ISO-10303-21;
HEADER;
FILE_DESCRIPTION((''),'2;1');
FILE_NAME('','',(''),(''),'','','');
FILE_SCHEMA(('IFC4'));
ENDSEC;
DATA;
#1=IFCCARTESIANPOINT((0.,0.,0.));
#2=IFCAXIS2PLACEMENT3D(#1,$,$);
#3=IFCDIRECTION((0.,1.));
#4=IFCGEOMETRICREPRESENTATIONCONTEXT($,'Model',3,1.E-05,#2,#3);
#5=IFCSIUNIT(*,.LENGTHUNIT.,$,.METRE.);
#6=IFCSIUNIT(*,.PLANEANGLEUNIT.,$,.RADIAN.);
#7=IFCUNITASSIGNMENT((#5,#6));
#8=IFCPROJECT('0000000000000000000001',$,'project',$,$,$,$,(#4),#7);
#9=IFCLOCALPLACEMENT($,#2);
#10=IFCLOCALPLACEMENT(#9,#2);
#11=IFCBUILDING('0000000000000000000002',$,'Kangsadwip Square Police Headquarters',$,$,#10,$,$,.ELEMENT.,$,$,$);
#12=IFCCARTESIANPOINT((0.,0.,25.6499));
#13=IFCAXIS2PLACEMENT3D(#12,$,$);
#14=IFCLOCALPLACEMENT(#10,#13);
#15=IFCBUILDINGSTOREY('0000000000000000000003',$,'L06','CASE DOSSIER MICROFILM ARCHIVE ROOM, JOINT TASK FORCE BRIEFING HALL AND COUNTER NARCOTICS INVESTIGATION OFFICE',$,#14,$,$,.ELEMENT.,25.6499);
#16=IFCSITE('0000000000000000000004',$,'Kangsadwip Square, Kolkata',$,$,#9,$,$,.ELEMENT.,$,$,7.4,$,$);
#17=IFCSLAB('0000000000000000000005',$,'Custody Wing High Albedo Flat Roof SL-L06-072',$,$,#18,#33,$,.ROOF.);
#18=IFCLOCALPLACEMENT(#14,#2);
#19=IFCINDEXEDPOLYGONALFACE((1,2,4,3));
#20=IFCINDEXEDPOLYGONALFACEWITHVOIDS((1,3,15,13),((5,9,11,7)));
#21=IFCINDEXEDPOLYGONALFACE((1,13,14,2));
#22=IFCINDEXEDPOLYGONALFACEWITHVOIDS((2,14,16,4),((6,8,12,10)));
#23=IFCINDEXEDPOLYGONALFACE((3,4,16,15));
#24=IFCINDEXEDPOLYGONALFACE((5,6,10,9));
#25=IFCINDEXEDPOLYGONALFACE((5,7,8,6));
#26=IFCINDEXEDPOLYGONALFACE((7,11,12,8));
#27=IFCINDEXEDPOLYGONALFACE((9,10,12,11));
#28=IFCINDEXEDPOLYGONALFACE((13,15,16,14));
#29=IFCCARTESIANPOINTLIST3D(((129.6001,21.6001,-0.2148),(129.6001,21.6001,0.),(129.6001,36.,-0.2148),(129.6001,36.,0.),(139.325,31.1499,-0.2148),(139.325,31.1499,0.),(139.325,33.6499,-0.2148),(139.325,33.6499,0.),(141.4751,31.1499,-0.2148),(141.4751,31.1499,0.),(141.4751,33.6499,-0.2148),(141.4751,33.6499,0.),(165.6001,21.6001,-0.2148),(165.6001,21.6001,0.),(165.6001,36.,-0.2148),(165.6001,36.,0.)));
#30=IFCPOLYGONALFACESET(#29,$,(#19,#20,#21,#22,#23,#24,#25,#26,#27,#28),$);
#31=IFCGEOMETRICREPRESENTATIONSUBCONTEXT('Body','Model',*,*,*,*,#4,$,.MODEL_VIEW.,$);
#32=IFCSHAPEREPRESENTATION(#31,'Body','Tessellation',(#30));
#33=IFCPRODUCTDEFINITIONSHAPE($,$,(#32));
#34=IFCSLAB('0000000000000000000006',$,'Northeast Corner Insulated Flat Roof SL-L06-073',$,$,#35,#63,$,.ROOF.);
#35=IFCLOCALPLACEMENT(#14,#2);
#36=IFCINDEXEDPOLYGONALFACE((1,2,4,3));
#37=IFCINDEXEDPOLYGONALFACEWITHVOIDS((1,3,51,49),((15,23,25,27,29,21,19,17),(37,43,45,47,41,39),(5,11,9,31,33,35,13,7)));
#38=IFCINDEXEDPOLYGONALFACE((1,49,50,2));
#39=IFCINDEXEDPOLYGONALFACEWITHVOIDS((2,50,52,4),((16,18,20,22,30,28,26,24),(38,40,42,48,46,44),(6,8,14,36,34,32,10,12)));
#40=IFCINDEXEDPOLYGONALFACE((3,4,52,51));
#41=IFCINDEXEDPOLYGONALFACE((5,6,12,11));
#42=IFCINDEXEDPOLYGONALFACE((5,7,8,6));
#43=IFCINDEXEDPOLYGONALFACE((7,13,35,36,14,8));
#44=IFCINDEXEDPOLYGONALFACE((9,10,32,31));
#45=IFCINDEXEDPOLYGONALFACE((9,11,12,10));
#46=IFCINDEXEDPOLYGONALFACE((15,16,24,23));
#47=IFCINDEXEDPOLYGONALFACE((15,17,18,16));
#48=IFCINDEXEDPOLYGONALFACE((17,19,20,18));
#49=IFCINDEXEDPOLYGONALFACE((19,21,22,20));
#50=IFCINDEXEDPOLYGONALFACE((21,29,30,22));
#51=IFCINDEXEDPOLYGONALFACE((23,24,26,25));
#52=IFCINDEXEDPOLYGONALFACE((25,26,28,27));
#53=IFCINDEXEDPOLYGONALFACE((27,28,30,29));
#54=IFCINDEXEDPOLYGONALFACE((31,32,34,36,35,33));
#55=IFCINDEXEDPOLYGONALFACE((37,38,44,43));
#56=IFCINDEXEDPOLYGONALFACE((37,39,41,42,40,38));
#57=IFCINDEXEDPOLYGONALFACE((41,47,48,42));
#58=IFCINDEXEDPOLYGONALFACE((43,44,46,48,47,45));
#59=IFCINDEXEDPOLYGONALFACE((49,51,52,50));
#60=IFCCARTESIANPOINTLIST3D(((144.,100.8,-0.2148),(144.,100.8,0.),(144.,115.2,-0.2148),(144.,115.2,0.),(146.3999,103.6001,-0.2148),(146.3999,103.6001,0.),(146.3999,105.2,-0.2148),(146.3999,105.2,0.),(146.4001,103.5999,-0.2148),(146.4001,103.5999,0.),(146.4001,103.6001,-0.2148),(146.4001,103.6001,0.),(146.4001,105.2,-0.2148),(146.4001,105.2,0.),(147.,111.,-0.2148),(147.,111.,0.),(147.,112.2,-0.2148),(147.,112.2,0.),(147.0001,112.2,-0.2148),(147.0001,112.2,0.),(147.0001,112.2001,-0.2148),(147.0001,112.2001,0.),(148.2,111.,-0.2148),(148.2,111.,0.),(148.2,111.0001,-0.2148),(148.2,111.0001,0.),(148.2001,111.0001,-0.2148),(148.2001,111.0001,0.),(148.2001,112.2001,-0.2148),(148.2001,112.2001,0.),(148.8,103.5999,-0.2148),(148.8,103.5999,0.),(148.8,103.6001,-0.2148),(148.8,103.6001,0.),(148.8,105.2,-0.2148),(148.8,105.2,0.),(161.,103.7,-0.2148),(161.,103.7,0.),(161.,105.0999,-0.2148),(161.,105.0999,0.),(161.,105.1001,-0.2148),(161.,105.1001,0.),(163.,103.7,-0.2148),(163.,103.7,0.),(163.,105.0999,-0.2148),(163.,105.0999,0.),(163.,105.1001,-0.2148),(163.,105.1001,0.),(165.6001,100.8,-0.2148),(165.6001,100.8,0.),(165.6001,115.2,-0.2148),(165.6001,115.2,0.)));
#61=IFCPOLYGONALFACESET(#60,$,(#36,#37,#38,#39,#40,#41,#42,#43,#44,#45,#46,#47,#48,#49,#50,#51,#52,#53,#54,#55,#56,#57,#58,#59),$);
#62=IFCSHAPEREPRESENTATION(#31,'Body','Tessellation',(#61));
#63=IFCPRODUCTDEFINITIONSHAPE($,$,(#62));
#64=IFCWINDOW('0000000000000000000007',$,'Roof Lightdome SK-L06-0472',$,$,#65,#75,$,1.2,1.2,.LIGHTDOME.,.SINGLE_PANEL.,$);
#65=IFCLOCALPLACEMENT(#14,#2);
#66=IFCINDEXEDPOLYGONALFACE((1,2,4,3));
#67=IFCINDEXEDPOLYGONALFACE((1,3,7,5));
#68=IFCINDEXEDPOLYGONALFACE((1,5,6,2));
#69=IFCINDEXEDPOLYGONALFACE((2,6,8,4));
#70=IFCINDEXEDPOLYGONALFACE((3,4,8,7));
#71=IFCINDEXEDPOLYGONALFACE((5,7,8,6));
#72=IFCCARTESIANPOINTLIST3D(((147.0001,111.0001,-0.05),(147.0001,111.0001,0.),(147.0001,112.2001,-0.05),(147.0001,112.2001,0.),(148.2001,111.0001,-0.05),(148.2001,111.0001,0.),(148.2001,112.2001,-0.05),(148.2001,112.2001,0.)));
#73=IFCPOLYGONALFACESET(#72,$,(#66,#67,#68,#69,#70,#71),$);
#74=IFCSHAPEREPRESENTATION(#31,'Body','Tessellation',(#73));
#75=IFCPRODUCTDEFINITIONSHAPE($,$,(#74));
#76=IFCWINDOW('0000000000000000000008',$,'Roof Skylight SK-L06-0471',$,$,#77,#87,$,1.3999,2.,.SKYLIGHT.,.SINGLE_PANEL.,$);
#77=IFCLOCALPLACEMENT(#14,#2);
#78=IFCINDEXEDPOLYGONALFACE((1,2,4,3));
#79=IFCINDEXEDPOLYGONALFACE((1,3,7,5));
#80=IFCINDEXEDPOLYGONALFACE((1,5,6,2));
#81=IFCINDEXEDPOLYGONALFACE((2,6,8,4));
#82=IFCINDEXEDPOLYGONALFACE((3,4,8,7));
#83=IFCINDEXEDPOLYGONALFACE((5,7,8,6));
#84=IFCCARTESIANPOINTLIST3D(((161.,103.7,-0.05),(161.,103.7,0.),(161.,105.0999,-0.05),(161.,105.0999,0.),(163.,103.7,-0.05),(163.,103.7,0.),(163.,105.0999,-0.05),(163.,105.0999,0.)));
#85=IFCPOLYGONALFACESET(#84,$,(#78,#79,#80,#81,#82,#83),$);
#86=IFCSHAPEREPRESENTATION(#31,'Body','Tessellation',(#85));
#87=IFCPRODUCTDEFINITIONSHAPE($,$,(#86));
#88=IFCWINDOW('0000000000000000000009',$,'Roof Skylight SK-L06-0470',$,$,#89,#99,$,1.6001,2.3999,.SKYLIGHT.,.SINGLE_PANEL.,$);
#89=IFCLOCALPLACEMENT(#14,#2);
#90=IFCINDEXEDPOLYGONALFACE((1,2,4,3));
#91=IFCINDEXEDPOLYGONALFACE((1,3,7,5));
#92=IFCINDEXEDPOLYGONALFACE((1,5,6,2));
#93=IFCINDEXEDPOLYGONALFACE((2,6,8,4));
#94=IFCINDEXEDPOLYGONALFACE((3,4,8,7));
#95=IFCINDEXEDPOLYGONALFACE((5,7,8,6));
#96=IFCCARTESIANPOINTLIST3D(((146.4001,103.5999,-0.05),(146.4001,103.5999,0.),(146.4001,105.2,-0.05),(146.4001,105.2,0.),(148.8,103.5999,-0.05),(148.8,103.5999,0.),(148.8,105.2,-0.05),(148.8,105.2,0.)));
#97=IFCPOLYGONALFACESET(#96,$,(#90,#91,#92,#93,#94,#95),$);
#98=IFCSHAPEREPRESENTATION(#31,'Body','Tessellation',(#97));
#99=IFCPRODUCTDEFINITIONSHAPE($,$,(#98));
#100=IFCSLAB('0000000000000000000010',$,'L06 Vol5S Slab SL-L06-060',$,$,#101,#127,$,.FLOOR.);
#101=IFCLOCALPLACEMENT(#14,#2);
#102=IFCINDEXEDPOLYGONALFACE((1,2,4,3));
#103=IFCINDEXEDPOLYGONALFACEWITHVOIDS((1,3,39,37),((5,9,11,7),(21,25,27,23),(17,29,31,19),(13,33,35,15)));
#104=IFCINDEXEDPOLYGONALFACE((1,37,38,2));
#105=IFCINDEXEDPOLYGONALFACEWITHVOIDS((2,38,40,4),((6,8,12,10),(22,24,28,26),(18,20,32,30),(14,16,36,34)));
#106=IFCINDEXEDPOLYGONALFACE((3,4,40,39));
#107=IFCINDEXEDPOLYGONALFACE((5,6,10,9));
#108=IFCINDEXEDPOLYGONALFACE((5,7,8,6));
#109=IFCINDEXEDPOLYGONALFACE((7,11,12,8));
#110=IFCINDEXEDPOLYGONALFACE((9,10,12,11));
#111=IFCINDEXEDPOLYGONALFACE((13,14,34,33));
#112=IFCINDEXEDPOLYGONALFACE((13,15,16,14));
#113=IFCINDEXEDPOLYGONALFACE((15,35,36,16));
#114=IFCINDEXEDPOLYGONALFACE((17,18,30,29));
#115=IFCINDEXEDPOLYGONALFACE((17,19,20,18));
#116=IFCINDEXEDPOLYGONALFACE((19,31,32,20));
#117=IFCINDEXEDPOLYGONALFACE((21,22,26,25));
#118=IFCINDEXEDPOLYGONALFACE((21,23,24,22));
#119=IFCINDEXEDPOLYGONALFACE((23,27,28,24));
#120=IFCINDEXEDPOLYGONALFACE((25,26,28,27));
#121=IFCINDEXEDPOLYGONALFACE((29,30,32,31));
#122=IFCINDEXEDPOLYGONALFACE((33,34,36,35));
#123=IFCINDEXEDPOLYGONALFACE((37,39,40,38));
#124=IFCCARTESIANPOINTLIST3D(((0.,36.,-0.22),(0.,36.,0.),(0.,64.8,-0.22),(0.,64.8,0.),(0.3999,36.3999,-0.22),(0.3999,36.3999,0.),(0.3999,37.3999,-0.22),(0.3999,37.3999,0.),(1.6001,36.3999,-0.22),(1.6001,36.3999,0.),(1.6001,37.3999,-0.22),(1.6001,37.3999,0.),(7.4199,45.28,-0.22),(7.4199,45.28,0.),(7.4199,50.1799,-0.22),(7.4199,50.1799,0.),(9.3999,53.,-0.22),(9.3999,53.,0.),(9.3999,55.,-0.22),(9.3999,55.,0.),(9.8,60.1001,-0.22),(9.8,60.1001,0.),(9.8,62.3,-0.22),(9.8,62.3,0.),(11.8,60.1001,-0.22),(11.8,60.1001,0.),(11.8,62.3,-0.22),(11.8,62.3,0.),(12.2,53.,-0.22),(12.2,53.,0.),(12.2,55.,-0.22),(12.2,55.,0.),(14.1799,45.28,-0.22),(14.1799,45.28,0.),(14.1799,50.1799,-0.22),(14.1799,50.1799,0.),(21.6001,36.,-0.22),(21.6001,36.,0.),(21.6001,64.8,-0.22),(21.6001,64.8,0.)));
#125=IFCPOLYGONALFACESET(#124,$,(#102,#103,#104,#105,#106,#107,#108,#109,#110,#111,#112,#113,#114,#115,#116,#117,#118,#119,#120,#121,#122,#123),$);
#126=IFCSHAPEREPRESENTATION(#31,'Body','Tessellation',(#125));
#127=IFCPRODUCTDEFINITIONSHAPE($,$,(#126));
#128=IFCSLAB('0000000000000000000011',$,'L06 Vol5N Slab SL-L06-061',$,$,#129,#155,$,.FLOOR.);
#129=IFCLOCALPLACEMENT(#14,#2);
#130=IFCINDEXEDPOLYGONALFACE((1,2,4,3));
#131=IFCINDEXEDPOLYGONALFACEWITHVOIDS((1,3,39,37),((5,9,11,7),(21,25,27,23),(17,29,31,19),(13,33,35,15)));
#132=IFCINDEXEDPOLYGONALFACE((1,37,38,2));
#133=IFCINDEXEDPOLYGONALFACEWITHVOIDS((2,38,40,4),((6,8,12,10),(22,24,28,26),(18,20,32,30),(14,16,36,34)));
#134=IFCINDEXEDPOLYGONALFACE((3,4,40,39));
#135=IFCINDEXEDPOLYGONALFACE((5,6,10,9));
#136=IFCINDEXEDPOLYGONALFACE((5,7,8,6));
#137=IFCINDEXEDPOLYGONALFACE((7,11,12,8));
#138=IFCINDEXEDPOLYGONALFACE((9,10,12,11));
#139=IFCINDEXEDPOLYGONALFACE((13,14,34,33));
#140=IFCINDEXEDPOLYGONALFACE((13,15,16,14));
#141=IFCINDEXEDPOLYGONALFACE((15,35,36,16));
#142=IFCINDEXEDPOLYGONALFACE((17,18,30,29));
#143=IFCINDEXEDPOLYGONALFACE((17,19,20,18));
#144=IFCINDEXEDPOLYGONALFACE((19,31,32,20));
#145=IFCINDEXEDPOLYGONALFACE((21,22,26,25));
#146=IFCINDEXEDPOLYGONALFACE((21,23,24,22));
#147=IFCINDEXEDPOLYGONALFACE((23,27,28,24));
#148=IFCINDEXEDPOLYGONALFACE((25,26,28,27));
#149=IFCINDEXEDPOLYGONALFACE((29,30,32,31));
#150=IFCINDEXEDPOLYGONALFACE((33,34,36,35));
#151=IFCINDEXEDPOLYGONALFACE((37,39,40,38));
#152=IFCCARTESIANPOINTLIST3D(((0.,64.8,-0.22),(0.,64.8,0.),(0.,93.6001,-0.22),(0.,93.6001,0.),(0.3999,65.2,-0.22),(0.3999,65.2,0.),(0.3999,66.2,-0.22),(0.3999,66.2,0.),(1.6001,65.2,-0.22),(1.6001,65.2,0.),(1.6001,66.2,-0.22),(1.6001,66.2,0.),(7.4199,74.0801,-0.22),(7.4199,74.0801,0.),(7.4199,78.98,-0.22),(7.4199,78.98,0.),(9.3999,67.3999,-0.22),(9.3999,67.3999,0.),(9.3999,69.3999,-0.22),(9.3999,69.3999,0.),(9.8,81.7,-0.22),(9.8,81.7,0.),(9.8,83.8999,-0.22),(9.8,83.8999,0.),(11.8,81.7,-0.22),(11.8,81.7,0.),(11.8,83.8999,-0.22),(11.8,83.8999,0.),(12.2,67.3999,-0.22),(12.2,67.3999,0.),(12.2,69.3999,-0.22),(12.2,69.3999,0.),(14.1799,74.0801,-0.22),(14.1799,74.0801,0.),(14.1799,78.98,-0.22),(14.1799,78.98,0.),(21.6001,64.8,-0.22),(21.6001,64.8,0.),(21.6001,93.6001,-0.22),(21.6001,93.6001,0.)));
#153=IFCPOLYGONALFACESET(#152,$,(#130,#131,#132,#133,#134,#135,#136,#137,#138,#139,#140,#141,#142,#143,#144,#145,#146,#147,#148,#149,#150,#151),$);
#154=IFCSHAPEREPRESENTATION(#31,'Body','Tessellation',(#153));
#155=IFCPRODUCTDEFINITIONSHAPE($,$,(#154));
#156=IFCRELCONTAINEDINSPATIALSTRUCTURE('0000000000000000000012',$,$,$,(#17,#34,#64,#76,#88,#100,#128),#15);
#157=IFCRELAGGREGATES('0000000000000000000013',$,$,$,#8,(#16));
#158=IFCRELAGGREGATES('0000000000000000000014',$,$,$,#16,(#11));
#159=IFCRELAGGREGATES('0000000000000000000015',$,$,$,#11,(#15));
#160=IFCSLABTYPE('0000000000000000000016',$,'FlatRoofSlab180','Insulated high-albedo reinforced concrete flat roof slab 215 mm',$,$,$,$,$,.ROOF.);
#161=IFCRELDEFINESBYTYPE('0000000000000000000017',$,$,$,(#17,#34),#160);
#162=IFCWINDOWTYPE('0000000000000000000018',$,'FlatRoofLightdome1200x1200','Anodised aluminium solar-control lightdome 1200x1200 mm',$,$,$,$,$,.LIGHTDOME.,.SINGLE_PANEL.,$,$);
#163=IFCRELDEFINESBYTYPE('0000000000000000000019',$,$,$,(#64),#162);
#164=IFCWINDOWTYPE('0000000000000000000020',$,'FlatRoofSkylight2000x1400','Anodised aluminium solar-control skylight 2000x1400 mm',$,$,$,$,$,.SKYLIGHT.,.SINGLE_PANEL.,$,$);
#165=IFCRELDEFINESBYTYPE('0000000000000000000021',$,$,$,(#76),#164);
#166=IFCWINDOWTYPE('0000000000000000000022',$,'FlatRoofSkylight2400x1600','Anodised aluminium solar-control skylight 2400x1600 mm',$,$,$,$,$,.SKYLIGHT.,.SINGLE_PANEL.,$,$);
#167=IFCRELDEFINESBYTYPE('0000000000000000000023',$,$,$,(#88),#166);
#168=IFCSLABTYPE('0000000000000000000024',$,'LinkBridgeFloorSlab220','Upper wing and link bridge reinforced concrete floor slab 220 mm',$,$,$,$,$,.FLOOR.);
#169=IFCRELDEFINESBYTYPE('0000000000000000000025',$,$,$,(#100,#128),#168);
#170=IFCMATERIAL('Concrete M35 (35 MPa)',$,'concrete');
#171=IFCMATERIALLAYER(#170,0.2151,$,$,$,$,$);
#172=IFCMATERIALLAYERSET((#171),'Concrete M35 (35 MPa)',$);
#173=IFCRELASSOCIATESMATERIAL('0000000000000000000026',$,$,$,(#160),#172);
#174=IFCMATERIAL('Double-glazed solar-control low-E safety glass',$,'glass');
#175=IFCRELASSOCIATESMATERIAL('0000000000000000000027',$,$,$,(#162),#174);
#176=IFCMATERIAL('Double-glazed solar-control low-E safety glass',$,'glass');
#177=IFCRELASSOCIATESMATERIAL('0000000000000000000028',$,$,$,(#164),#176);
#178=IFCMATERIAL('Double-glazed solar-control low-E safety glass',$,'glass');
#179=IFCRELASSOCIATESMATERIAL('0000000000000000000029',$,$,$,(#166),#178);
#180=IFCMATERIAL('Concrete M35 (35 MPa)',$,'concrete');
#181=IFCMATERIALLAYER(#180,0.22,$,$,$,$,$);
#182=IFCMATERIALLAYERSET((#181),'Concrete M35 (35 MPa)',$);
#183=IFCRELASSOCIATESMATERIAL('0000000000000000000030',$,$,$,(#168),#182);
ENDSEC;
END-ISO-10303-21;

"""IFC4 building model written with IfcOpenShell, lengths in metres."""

from ifc_helpers import new_model, si_unit, direction, frame, origin, origin_2d, place, context, subcontext, project, spatial, polyline, rectangle, outline, extrude, material, layer, layer_set, type_object, element, fill, save


model = new_model("IFC4")

# Units and contexts
model_context = context("Model", 3, precision=1e-05, world=origin(), true_north=direction((0.0, 1.0)))
body_context = subcontext(model_context, "Body", "Model", "MODEL_VIEW")
ifc_project = project(units=[si_unit("LENGTHUNIT", "METRE"), si_unit("PLANEANGLEUNIT", "RADIAN")], contexts=[model_context])

# Site, building, storey
site_placement = place(None, origin())
site = spatial("IfcSite", under=ifc_project, at=site_placement, Name="Kangsadwip Square, Kolkata", CompositionType="ELEMENT", RefElevation=7.4)
building_placement = place(site_placement, origin())
building = spatial("IfcBuilding", under=site, at=building_placement, Name="Kangsadwip Square Police Headquarters", CompositionType="ELEMENT")
storey_placement = place(building_placement, frame((0.0, 0.0, 25.6499)))
storey = spatial("IfcBuildingStorey", under=building, at=storey_placement, Name="L06", Description="CASE DOSSIER MICROFILM ARCHIVE ROOM, JOINT TASK FORCE BRIEFING HALL AND COUNTER NARCOTICS INVESTIGATION OFFICE", CompositionType="ELEMENT", Elevation=25.6499)

# Slab
ifc_material_1 = material(Name="Concrete M35 (35 MPa)", Category="concrete")
ifc_layer_1 = layer(ifc_material_1, 0.2151)
ifc_layer_set_1 = layer_set([ifc_layer_1], Name="Concrete M35 (35 MPa)")
slab_type_1 = type_object("IfcSlabType", Name="FlatRoofSlab180", Description="Insulated high-albedo reinforced concrete flat roof slab 215 mm", PredefinedType="ROOF", material=ifc_layer_set_1)
slab_1_placement = place(storey_placement, frame((0.0, 0.0, -0.2148)))
element("IfcSlab", 1, at=slab_1_placement, inside=storey, type_object=slab_type_1, Name="Custody Wing High Albedo Flat Roof SL-L06-072", PredefinedType="ROOF", context=body_context, shape_type="SweptSolid", body=[
    extrude(outline(polyline([(129.6001, 21.6001), (129.6001, 36.0), (165.6001, 36.0), (165.6001, 21.6001), (129.6001, 21.6001)]), holes=[polyline([(139.325, 33.6499), (139.325, 31.1499), (141.4751, 31.1499), (141.4751, 33.6499), (139.325, 33.6499)])]), origin(), (0.0, 0.0, 1.0), 0.2148),
])

# Slab, openings, windows
slab_2_placement = place(storey_placement, frame((0.0, 0.0, -0.2148)))
slab_2 = element("IfcSlab", 2, at=slab_2_placement, inside=storey, type_object=slab_type_1, Name="Northeast Corner Insulated Flat Roof SL-L06-073", PredefinedType="ROOF", context=body_context, shape_type="SweptSolid", body=[
    extrude(outline(polyline([(144.0, 100.8), (144.0, 115.2), (165.6001, 115.2), (165.6001, 100.8), (144.0, 100.8)]), holes=[polyline([(146.3999, 103.6001), (148.8, 103.6001), (148.8, 105.2), (146.3999, 105.2), (146.3999, 103.6001)]), polyline([(161.0, 103.7), (163.0, 103.7), (163.0, 105.1001), (161.0, 105.1001), (161.0, 103.7)]), polyline([(147.0, 111.0), (148.2, 111.0), (148.2, 112.2), (147.0, 112.2), (147.0, 111.0)])]), origin(), (0.0, 0.0, 1.0), 0.2148),
])
opening_1_placement = place(slab_2_placement, frame((147.6001, 104.3999, 0.0)))
opening_1 = element("IfcOpeningElement", 3, at=opening_1_placement, cuts=slab_2, PredefinedType="OPENING", context=body_context, shape_type="SweptSolid", body=[
    extrude(rectangle(XDim=2.3999, YDim=1.6001, at=origin_2d()), origin(), (0.0, 0.0, 1.0), 0.2148),
])
opening_2_placement = place(slab_2_placement, frame((162.0, 104.3999, 0.0)))
opening_2 = element("IfcOpeningElement", 4, at=opening_2_placement, cuts=slab_2, PredefinedType="OPENING", context=body_context, shape_type="SweptSolid", body=[
    extrude(rectangle(XDim=2.0, YDim=1.3999, at=origin_2d()), origin(), (0.0, 0.0, 1.0), 0.2148),
])
opening_3_placement = place(slab_2_placement, frame((147.6001, 111.6001, 0.0)))
opening_3 = element("IfcOpeningElement", 5, at=opening_3_placement, cuts=slab_2, PredefinedType="OPENING", context=body_context, shape_type="SweptSolid", body=[
    extrude(rectangle(XDim=1.2, YDim=1.2, at=origin_2d()), origin(), (0.0, 0.0, 1.0), 0.2148),
])
ifc_material_2 = material(Name="Double-glazed solar-control low-E safety glass", Category="glass")
window_type_1 = type_object("IfcWindowType", Name="FlatRoofLightdome1200x1200", Description="Anodised aluminium solar-control lightdome 1200x1200 mm", PartitioningType="SINGLE_PANEL", PredefinedType="LIGHTDOME", material=ifc_material_2)
window_1_placement = place(opening_3_placement, frame((0.0, 0.0, 0.1648)))
window_1 = element("IfcWindow", 6, at=window_1_placement, inside=storey, type_object=window_type_1, Name="Roof Lightdome SK-L06-0472", OverallHeight=1.2, OverallWidth=1.2, PartitioningType="SINGLE_PANEL", PredefinedType="LIGHTDOME", context=body_context, shape_type="SweptSolid", body=[
    extrude(rectangle(XDim=1.2, YDim=1.2, at=origin_2d()), origin(), (0.0, 0.0, 1.0), 0.05),
])
fill(opening_3, window_1)
ifc_material_3 = material(Name="Double-glazed solar-control low-E safety glass", Category="glass")
window_type_2 = type_object("IfcWindowType", Name="FlatRoofSkylight2000x1400", Description="Anodised aluminium solar-control skylight 2000x1400 mm", PartitioningType="SINGLE_PANEL", PredefinedType="SKYLIGHT", material=ifc_material_3)
window_2_placement = place(opening_2_placement, frame((0.0, 0.0, 0.1648)))
window_2 = element("IfcWindow", 7, at=window_2_placement, inside=storey, type_object=window_type_2, Name="Roof Skylight SK-L06-0471", OverallHeight=1.3999, OverallWidth=2.0, PartitioningType="SINGLE_PANEL", PredefinedType="SKYLIGHT", context=body_context, shape_type="SweptSolid", body=[
    extrude(rectangle(XDim=2.0, YDim=1.3999, at=origin_2d()), origin(), (0.0, 0.0, 1.0), 0.05),
])
fill(opening_2, window_2)
ifc_material_4 = material(Name="Double-glazed solar-control low-E safety glass", Category="glass")
window_type_3 = type_object("IfcWindowType", Name="FlatRoofSkylight2400x1600", Description="Anodised aluminium solar-control skylight 2400x1600 mm", PartitioningType="SINGLE_PANEL", PredefinedType="SKYLIGHT", material=ifc_material_4)
window_3_placement = place(opening_1_placement, frame((0.0, 0.0, 0.1648)))
window_3 = element("IfcWindow", 8, at=window_3_placement, inside=storey, type_object=window_type_3, Name="Roof Skylight SK-L06-0470", OverallHeight=1.6001, OverallWidth=2.3999, PartitioningType="SINGLE_PANEL", PredefinedType="SKYLIGHT", context=body_context, shape_type="SweptSolid", body=[
    extrude(rectangle(XDim=2.3999, YDim=1.6001, at=origin_2d()), origin(), (0.0, 0.0, 1.0), 0.05),
])
fill(opening_1, window_3)

# Slabs
ifc_material_5 = material(Name="Concrete M35 (35 MPa)", Category="concrete")
ifc_layer_2 = layer(ifc_material_5, 0.22)
ifc_layer_set_2 = layer_set([ifc_layer_2], Name="Concrete M35 (35 MPa)")
slab_type_2 = type_object("IfcSlabType", Name="LinkBridgeFloorSlab220", Description="Upper wing and link bridge reinforced concrete floor slab 220 mm", PredefinedType="FLOOR", material=ifc_layer_set_2)
slab_3_placement = place(storey_placement, frame((0.0, 0.0, -0.22)))
element("IfcSlab", 9, at=slab_3_placement, inside=storey, type_object=slab_type_2, Name="L06 Vol5S Slab SL-L06-060", PredefinedType="FLOOR", context=body_context, shape_type="SweptSolid", body=[
    extrude(outline(polyline([(0.0, 36.0), (0.0, 64.8), (21.6001, 64.8), (21.6001, 36.0), (0.0, 36.0)]), holes=[polyline([(0.3999, 37.3999), (0.3999, 36.3999), (1.6001, 36.3999), (1.6001, 37.3999), (0.3999, 37.3999)]), polyline([(14.1799, 45.28), (14.1799, 50.1799), (7.4199, 50.1799), (7.4199, 45.28), (14.1799, 45.28)]), polyline([(12.2, 55.0), (9.3999, 55.0), (9.3999, 53.0), (12.2, 53.0), (12.2, 55.0)]), polyline([(11.8, 62.3), (9.8, 62.3), (9.8, 60.1001), (11.8, 60.1001), (11.8, 62.3)])]), origin(), (0.0, 0.0, 1.0), 0.22),
])
slab_4_placement = place(storey_placement, frame((0.0, 0.0, -0.22)))
element("IfcSlab", 10, at=slab_4_placement, inside=storey, type_object=slab_type_2, Name="L06 Vol5N Slab SL-L06-061", PredefinedType="FLOOR", context=body_context, shape_type="SweptSolid", body=[
    extrude(outline(polyline([(0.0, 64.8), (0.0, 93.6001), (21.6001, 93.6001), (21.6001, 64.8), (0.0, 64.8)]), holes=[polyline([(1.6001, 66.2), (0.3999, 66.2), (0.3999, 65.2), (1.6001, 65.2), (1.6001, 66.2)]), polyline([(12.2, 69.3999), (9.3999, 69.3999), (9.3999, 67.3999), (12.2, 67.3999), (12.2, 69.3999)]), polyline([(14.1799, 74.0801), (14.1799, 78.98), (7.4199, 78.98), (7.4199, 74.0801), (14.1799, 74.0801)]), polyline([(11.8, 83.8999), (9.8, 83.8999), (9.8, 81.7), (11.8, 81.7), (11.8, 83.8999)])]), origin(), (0.0, 0.0, 1.0), 0.22),
])

save(model, "model.ifc")
